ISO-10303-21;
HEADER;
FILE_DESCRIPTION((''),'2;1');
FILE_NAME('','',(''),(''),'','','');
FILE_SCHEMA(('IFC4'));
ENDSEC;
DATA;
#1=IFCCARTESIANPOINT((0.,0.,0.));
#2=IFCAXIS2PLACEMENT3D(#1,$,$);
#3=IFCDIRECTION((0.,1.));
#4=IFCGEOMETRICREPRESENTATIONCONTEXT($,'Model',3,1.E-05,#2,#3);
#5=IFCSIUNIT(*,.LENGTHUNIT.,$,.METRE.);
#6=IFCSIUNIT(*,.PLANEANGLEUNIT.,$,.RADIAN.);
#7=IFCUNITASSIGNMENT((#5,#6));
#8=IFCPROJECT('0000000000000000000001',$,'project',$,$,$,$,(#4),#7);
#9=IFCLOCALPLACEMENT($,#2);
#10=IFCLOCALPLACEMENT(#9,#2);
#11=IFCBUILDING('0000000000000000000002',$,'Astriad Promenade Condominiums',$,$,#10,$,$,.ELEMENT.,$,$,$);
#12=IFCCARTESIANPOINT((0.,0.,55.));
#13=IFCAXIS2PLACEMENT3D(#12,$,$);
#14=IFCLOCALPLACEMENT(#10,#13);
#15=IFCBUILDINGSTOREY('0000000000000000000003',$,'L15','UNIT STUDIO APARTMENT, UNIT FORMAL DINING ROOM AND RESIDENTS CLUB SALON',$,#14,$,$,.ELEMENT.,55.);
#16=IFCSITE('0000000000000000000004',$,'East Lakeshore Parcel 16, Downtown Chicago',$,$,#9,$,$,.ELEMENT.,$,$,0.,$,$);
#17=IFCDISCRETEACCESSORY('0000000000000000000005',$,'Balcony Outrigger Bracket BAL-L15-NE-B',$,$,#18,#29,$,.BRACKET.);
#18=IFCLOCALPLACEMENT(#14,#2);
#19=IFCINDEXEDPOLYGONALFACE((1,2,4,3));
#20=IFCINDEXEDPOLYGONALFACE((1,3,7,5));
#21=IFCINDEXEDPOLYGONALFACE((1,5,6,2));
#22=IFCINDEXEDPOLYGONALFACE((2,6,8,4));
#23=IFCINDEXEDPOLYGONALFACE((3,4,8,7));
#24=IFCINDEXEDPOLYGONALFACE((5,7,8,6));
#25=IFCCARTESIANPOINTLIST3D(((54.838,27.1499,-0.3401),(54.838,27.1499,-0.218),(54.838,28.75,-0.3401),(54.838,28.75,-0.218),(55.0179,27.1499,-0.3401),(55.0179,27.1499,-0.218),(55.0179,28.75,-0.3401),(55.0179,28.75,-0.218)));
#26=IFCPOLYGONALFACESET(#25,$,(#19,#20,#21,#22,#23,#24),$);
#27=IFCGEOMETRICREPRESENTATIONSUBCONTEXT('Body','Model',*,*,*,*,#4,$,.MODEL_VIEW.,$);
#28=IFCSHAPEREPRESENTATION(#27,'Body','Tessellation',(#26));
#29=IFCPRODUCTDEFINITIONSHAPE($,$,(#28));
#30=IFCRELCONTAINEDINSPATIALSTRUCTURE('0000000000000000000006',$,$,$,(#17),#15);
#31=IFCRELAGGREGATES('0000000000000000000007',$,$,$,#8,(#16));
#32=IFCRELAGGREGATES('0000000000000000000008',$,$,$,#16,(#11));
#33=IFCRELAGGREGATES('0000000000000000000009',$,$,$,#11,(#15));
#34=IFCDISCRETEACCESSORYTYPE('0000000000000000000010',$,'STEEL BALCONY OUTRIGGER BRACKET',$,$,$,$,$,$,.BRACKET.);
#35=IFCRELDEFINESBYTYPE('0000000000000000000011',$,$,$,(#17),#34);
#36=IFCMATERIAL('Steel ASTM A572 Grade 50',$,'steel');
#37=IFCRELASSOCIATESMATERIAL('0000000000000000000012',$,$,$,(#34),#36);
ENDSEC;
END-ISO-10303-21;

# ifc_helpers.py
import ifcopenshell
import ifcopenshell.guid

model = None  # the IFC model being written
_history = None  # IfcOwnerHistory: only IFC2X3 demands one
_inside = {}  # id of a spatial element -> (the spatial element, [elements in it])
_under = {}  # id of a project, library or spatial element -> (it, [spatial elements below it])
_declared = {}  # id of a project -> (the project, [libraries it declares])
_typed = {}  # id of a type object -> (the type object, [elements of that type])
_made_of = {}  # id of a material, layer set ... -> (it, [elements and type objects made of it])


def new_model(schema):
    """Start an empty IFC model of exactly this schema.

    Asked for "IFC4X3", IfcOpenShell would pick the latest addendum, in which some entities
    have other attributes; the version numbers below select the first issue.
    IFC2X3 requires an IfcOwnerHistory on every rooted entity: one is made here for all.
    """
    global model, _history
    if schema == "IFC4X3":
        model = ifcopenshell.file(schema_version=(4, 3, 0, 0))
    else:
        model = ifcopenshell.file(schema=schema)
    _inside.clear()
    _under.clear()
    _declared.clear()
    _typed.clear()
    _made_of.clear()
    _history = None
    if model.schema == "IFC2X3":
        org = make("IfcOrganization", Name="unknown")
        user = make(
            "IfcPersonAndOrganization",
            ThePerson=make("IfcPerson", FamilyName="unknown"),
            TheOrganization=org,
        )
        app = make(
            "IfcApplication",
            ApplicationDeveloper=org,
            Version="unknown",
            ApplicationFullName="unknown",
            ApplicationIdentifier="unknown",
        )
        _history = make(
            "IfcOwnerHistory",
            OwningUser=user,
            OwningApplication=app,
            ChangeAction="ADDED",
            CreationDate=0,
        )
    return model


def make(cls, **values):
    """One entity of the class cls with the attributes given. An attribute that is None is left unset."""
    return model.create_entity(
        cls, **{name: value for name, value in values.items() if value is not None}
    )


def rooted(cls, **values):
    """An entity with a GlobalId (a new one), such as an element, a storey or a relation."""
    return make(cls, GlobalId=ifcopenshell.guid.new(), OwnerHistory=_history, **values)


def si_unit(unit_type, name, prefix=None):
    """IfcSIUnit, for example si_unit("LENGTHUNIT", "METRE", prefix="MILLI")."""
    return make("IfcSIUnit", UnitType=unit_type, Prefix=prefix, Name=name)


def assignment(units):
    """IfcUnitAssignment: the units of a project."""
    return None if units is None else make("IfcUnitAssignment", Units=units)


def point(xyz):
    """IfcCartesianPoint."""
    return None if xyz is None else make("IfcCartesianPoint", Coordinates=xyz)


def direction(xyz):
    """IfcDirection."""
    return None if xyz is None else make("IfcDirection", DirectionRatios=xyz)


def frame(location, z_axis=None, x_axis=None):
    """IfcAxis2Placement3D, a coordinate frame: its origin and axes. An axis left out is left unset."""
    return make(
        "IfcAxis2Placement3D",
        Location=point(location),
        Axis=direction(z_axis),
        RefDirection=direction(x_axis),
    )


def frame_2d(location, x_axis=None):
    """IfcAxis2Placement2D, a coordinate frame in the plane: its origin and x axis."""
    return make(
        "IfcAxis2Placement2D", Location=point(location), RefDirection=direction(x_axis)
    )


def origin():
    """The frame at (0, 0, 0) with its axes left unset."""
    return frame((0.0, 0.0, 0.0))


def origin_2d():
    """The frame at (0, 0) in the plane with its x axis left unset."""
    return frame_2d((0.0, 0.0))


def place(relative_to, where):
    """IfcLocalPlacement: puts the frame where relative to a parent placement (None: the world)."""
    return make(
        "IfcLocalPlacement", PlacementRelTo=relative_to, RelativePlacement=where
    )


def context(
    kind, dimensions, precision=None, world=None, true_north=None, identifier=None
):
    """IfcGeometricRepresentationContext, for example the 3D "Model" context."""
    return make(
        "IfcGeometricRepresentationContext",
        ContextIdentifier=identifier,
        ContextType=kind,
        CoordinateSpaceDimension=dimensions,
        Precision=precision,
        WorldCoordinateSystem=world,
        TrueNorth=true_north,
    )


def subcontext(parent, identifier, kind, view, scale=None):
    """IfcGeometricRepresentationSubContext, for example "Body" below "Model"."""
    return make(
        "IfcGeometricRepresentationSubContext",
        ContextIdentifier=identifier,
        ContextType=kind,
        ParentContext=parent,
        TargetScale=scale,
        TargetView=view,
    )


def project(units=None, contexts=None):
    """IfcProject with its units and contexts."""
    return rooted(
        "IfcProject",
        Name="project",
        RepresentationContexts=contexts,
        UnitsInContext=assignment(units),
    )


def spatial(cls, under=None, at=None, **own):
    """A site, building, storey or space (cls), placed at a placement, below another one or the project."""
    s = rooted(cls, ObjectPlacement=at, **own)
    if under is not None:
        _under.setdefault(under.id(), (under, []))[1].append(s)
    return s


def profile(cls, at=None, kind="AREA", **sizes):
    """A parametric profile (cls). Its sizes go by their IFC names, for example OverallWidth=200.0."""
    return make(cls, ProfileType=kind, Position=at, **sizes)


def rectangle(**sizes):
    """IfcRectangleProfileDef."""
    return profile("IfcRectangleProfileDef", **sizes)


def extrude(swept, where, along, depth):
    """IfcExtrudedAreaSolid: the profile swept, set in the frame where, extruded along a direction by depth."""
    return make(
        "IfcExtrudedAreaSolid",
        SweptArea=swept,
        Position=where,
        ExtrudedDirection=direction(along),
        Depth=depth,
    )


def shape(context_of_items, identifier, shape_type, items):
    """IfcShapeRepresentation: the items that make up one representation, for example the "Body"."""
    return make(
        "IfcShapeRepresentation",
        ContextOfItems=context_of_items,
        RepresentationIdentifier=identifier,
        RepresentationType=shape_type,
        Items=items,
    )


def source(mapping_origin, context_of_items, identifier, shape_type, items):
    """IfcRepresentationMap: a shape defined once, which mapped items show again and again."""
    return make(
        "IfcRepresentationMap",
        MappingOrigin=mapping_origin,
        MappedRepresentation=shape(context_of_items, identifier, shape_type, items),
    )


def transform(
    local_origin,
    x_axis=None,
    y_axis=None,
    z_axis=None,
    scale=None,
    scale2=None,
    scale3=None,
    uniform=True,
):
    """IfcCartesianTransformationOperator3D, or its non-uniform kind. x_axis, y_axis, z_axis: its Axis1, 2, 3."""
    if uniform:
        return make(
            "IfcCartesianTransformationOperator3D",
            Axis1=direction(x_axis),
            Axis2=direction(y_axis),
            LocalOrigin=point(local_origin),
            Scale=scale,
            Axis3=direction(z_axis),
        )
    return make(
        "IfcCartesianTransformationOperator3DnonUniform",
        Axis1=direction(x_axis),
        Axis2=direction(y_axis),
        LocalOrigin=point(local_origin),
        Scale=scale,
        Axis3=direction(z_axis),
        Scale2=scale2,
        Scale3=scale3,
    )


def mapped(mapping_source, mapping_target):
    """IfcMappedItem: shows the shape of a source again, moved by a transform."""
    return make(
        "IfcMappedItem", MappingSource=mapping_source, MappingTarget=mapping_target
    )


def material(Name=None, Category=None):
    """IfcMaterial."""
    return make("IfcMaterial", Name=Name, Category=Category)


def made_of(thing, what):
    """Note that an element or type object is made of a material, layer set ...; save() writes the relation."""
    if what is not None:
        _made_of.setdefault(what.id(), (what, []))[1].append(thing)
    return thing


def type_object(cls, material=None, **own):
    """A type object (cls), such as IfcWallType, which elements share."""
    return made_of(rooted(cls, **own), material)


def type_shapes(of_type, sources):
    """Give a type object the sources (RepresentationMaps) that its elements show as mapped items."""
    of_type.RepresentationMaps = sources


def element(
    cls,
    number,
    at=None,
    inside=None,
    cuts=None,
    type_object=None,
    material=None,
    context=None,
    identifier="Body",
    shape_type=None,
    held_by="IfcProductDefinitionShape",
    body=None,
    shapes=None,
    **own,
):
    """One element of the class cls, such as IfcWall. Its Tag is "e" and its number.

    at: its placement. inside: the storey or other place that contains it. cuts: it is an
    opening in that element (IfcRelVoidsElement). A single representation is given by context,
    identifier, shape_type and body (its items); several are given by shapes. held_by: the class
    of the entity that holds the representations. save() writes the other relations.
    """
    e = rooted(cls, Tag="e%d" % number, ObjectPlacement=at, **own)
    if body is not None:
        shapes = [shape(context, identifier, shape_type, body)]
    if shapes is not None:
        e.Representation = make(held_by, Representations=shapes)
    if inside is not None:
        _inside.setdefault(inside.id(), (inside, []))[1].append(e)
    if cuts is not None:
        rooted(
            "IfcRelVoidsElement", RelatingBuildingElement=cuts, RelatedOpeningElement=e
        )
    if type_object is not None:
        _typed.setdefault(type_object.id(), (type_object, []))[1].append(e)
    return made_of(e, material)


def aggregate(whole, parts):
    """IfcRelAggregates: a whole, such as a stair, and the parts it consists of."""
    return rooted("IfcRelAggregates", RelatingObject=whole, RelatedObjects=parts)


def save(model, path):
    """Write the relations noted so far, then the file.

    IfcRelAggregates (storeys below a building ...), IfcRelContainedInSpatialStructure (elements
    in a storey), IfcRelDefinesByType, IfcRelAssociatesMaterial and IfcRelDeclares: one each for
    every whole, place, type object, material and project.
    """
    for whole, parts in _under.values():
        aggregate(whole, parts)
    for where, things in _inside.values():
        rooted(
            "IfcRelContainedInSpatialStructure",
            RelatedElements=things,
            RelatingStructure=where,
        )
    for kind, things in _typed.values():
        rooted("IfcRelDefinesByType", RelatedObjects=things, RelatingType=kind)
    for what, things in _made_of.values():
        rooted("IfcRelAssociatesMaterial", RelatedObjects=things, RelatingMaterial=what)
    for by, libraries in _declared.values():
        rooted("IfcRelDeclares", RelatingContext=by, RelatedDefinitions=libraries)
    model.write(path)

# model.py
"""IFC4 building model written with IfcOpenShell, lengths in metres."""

from ifc_helpers import new_model, si_unit, direction, frame, origin, origin_2d, place, context, subcontext, project, spatial, rectangle, extrude, source, transform, mapped, material, type_object, type_shapes, element, save


model = new_model("IFC4")

# Units and contexts
model_context = context("Model", 3, precision=1e-05, world=origin(), true_north=direction((0.0, 1.0)))
body_context = subcontext(model_context, "Body", "Model", "MODEL_VIEW")
ifc_project = project(units=[si_unit("LENGTHUNIT", "METRE"), si_unit("PLANEANGLEUNIT", "RADIAN")], contexts=[model_context])

# Site, building, storey
site_placement = place(None, origin())
site = spatial("IfcSite", under=ifc_project, at=site_placement, Name="East Lakeshore Parcel 16, Downtown Chicago", CompositionType="ELEMENT", RefElevation=0.0)
building_placement = place(site_placement, origin())
building = spatial("IfcBuilding", under=site, at=building_placement, Name="Astriad Promenade Condominiums", CompositionType="ELEMENT")
storey_placement = place(building_placement, frame((0.0, 0.0, 55.0)))
storey = spatial("IfcBuildingStorey", under=building, at=storey_placement, Name="L15", Description="UNIT STUDIO APARTMENT, UNIT FORMAL DINING ROOM AND RESIDENTS CLUB SALON", CompositionType="ELEMENT", Elevation=55.0)

# Discrete accessory
ifc_material_1 = material(Name="Steel ASTM A572 Grade 50", Category="steel")
discrete_accessory_type = type_object("IfcDiscreteAccessoryType", Name="STEEL BALCONY OUTRIGGER BRACKET", PredefinedType="BRACKET", material=ifc_material_1)
shared_shape_1 = source(origin(), body_context, "Body", "SweptSolid", [
    extrude(rectangle(XDim=1.6001, YDim=0.1799, at=origin_2d()), origin(), (0.0, 0.0, 1.0), 0.1221),
])
type_shapes(discrete_accessory_type, [shared_shape_1])
discrete_accessory_placement = place(storey_placement, frame((54.928, 27.95, -0.3401), z_axis=(0.0, 0.0, 1.0), x_axis=(0.0, 1.0, 0.0)))
element("IfcDiscreteAccessory", 1, at=discrete_accessory_placement, inside=storey, type_object=discrete_accessory_type, Name="Balcony Outrigger Bracket BAL-L15-NE-B", PredefinedType="BRACKET", context=body_context, shape_type="MappedRepresentation", body=[
    mapped(shared_shape_1, transform((0.0, 0.0, 0.0), scale=1.0)),
])

save(model, "model.ifc")
